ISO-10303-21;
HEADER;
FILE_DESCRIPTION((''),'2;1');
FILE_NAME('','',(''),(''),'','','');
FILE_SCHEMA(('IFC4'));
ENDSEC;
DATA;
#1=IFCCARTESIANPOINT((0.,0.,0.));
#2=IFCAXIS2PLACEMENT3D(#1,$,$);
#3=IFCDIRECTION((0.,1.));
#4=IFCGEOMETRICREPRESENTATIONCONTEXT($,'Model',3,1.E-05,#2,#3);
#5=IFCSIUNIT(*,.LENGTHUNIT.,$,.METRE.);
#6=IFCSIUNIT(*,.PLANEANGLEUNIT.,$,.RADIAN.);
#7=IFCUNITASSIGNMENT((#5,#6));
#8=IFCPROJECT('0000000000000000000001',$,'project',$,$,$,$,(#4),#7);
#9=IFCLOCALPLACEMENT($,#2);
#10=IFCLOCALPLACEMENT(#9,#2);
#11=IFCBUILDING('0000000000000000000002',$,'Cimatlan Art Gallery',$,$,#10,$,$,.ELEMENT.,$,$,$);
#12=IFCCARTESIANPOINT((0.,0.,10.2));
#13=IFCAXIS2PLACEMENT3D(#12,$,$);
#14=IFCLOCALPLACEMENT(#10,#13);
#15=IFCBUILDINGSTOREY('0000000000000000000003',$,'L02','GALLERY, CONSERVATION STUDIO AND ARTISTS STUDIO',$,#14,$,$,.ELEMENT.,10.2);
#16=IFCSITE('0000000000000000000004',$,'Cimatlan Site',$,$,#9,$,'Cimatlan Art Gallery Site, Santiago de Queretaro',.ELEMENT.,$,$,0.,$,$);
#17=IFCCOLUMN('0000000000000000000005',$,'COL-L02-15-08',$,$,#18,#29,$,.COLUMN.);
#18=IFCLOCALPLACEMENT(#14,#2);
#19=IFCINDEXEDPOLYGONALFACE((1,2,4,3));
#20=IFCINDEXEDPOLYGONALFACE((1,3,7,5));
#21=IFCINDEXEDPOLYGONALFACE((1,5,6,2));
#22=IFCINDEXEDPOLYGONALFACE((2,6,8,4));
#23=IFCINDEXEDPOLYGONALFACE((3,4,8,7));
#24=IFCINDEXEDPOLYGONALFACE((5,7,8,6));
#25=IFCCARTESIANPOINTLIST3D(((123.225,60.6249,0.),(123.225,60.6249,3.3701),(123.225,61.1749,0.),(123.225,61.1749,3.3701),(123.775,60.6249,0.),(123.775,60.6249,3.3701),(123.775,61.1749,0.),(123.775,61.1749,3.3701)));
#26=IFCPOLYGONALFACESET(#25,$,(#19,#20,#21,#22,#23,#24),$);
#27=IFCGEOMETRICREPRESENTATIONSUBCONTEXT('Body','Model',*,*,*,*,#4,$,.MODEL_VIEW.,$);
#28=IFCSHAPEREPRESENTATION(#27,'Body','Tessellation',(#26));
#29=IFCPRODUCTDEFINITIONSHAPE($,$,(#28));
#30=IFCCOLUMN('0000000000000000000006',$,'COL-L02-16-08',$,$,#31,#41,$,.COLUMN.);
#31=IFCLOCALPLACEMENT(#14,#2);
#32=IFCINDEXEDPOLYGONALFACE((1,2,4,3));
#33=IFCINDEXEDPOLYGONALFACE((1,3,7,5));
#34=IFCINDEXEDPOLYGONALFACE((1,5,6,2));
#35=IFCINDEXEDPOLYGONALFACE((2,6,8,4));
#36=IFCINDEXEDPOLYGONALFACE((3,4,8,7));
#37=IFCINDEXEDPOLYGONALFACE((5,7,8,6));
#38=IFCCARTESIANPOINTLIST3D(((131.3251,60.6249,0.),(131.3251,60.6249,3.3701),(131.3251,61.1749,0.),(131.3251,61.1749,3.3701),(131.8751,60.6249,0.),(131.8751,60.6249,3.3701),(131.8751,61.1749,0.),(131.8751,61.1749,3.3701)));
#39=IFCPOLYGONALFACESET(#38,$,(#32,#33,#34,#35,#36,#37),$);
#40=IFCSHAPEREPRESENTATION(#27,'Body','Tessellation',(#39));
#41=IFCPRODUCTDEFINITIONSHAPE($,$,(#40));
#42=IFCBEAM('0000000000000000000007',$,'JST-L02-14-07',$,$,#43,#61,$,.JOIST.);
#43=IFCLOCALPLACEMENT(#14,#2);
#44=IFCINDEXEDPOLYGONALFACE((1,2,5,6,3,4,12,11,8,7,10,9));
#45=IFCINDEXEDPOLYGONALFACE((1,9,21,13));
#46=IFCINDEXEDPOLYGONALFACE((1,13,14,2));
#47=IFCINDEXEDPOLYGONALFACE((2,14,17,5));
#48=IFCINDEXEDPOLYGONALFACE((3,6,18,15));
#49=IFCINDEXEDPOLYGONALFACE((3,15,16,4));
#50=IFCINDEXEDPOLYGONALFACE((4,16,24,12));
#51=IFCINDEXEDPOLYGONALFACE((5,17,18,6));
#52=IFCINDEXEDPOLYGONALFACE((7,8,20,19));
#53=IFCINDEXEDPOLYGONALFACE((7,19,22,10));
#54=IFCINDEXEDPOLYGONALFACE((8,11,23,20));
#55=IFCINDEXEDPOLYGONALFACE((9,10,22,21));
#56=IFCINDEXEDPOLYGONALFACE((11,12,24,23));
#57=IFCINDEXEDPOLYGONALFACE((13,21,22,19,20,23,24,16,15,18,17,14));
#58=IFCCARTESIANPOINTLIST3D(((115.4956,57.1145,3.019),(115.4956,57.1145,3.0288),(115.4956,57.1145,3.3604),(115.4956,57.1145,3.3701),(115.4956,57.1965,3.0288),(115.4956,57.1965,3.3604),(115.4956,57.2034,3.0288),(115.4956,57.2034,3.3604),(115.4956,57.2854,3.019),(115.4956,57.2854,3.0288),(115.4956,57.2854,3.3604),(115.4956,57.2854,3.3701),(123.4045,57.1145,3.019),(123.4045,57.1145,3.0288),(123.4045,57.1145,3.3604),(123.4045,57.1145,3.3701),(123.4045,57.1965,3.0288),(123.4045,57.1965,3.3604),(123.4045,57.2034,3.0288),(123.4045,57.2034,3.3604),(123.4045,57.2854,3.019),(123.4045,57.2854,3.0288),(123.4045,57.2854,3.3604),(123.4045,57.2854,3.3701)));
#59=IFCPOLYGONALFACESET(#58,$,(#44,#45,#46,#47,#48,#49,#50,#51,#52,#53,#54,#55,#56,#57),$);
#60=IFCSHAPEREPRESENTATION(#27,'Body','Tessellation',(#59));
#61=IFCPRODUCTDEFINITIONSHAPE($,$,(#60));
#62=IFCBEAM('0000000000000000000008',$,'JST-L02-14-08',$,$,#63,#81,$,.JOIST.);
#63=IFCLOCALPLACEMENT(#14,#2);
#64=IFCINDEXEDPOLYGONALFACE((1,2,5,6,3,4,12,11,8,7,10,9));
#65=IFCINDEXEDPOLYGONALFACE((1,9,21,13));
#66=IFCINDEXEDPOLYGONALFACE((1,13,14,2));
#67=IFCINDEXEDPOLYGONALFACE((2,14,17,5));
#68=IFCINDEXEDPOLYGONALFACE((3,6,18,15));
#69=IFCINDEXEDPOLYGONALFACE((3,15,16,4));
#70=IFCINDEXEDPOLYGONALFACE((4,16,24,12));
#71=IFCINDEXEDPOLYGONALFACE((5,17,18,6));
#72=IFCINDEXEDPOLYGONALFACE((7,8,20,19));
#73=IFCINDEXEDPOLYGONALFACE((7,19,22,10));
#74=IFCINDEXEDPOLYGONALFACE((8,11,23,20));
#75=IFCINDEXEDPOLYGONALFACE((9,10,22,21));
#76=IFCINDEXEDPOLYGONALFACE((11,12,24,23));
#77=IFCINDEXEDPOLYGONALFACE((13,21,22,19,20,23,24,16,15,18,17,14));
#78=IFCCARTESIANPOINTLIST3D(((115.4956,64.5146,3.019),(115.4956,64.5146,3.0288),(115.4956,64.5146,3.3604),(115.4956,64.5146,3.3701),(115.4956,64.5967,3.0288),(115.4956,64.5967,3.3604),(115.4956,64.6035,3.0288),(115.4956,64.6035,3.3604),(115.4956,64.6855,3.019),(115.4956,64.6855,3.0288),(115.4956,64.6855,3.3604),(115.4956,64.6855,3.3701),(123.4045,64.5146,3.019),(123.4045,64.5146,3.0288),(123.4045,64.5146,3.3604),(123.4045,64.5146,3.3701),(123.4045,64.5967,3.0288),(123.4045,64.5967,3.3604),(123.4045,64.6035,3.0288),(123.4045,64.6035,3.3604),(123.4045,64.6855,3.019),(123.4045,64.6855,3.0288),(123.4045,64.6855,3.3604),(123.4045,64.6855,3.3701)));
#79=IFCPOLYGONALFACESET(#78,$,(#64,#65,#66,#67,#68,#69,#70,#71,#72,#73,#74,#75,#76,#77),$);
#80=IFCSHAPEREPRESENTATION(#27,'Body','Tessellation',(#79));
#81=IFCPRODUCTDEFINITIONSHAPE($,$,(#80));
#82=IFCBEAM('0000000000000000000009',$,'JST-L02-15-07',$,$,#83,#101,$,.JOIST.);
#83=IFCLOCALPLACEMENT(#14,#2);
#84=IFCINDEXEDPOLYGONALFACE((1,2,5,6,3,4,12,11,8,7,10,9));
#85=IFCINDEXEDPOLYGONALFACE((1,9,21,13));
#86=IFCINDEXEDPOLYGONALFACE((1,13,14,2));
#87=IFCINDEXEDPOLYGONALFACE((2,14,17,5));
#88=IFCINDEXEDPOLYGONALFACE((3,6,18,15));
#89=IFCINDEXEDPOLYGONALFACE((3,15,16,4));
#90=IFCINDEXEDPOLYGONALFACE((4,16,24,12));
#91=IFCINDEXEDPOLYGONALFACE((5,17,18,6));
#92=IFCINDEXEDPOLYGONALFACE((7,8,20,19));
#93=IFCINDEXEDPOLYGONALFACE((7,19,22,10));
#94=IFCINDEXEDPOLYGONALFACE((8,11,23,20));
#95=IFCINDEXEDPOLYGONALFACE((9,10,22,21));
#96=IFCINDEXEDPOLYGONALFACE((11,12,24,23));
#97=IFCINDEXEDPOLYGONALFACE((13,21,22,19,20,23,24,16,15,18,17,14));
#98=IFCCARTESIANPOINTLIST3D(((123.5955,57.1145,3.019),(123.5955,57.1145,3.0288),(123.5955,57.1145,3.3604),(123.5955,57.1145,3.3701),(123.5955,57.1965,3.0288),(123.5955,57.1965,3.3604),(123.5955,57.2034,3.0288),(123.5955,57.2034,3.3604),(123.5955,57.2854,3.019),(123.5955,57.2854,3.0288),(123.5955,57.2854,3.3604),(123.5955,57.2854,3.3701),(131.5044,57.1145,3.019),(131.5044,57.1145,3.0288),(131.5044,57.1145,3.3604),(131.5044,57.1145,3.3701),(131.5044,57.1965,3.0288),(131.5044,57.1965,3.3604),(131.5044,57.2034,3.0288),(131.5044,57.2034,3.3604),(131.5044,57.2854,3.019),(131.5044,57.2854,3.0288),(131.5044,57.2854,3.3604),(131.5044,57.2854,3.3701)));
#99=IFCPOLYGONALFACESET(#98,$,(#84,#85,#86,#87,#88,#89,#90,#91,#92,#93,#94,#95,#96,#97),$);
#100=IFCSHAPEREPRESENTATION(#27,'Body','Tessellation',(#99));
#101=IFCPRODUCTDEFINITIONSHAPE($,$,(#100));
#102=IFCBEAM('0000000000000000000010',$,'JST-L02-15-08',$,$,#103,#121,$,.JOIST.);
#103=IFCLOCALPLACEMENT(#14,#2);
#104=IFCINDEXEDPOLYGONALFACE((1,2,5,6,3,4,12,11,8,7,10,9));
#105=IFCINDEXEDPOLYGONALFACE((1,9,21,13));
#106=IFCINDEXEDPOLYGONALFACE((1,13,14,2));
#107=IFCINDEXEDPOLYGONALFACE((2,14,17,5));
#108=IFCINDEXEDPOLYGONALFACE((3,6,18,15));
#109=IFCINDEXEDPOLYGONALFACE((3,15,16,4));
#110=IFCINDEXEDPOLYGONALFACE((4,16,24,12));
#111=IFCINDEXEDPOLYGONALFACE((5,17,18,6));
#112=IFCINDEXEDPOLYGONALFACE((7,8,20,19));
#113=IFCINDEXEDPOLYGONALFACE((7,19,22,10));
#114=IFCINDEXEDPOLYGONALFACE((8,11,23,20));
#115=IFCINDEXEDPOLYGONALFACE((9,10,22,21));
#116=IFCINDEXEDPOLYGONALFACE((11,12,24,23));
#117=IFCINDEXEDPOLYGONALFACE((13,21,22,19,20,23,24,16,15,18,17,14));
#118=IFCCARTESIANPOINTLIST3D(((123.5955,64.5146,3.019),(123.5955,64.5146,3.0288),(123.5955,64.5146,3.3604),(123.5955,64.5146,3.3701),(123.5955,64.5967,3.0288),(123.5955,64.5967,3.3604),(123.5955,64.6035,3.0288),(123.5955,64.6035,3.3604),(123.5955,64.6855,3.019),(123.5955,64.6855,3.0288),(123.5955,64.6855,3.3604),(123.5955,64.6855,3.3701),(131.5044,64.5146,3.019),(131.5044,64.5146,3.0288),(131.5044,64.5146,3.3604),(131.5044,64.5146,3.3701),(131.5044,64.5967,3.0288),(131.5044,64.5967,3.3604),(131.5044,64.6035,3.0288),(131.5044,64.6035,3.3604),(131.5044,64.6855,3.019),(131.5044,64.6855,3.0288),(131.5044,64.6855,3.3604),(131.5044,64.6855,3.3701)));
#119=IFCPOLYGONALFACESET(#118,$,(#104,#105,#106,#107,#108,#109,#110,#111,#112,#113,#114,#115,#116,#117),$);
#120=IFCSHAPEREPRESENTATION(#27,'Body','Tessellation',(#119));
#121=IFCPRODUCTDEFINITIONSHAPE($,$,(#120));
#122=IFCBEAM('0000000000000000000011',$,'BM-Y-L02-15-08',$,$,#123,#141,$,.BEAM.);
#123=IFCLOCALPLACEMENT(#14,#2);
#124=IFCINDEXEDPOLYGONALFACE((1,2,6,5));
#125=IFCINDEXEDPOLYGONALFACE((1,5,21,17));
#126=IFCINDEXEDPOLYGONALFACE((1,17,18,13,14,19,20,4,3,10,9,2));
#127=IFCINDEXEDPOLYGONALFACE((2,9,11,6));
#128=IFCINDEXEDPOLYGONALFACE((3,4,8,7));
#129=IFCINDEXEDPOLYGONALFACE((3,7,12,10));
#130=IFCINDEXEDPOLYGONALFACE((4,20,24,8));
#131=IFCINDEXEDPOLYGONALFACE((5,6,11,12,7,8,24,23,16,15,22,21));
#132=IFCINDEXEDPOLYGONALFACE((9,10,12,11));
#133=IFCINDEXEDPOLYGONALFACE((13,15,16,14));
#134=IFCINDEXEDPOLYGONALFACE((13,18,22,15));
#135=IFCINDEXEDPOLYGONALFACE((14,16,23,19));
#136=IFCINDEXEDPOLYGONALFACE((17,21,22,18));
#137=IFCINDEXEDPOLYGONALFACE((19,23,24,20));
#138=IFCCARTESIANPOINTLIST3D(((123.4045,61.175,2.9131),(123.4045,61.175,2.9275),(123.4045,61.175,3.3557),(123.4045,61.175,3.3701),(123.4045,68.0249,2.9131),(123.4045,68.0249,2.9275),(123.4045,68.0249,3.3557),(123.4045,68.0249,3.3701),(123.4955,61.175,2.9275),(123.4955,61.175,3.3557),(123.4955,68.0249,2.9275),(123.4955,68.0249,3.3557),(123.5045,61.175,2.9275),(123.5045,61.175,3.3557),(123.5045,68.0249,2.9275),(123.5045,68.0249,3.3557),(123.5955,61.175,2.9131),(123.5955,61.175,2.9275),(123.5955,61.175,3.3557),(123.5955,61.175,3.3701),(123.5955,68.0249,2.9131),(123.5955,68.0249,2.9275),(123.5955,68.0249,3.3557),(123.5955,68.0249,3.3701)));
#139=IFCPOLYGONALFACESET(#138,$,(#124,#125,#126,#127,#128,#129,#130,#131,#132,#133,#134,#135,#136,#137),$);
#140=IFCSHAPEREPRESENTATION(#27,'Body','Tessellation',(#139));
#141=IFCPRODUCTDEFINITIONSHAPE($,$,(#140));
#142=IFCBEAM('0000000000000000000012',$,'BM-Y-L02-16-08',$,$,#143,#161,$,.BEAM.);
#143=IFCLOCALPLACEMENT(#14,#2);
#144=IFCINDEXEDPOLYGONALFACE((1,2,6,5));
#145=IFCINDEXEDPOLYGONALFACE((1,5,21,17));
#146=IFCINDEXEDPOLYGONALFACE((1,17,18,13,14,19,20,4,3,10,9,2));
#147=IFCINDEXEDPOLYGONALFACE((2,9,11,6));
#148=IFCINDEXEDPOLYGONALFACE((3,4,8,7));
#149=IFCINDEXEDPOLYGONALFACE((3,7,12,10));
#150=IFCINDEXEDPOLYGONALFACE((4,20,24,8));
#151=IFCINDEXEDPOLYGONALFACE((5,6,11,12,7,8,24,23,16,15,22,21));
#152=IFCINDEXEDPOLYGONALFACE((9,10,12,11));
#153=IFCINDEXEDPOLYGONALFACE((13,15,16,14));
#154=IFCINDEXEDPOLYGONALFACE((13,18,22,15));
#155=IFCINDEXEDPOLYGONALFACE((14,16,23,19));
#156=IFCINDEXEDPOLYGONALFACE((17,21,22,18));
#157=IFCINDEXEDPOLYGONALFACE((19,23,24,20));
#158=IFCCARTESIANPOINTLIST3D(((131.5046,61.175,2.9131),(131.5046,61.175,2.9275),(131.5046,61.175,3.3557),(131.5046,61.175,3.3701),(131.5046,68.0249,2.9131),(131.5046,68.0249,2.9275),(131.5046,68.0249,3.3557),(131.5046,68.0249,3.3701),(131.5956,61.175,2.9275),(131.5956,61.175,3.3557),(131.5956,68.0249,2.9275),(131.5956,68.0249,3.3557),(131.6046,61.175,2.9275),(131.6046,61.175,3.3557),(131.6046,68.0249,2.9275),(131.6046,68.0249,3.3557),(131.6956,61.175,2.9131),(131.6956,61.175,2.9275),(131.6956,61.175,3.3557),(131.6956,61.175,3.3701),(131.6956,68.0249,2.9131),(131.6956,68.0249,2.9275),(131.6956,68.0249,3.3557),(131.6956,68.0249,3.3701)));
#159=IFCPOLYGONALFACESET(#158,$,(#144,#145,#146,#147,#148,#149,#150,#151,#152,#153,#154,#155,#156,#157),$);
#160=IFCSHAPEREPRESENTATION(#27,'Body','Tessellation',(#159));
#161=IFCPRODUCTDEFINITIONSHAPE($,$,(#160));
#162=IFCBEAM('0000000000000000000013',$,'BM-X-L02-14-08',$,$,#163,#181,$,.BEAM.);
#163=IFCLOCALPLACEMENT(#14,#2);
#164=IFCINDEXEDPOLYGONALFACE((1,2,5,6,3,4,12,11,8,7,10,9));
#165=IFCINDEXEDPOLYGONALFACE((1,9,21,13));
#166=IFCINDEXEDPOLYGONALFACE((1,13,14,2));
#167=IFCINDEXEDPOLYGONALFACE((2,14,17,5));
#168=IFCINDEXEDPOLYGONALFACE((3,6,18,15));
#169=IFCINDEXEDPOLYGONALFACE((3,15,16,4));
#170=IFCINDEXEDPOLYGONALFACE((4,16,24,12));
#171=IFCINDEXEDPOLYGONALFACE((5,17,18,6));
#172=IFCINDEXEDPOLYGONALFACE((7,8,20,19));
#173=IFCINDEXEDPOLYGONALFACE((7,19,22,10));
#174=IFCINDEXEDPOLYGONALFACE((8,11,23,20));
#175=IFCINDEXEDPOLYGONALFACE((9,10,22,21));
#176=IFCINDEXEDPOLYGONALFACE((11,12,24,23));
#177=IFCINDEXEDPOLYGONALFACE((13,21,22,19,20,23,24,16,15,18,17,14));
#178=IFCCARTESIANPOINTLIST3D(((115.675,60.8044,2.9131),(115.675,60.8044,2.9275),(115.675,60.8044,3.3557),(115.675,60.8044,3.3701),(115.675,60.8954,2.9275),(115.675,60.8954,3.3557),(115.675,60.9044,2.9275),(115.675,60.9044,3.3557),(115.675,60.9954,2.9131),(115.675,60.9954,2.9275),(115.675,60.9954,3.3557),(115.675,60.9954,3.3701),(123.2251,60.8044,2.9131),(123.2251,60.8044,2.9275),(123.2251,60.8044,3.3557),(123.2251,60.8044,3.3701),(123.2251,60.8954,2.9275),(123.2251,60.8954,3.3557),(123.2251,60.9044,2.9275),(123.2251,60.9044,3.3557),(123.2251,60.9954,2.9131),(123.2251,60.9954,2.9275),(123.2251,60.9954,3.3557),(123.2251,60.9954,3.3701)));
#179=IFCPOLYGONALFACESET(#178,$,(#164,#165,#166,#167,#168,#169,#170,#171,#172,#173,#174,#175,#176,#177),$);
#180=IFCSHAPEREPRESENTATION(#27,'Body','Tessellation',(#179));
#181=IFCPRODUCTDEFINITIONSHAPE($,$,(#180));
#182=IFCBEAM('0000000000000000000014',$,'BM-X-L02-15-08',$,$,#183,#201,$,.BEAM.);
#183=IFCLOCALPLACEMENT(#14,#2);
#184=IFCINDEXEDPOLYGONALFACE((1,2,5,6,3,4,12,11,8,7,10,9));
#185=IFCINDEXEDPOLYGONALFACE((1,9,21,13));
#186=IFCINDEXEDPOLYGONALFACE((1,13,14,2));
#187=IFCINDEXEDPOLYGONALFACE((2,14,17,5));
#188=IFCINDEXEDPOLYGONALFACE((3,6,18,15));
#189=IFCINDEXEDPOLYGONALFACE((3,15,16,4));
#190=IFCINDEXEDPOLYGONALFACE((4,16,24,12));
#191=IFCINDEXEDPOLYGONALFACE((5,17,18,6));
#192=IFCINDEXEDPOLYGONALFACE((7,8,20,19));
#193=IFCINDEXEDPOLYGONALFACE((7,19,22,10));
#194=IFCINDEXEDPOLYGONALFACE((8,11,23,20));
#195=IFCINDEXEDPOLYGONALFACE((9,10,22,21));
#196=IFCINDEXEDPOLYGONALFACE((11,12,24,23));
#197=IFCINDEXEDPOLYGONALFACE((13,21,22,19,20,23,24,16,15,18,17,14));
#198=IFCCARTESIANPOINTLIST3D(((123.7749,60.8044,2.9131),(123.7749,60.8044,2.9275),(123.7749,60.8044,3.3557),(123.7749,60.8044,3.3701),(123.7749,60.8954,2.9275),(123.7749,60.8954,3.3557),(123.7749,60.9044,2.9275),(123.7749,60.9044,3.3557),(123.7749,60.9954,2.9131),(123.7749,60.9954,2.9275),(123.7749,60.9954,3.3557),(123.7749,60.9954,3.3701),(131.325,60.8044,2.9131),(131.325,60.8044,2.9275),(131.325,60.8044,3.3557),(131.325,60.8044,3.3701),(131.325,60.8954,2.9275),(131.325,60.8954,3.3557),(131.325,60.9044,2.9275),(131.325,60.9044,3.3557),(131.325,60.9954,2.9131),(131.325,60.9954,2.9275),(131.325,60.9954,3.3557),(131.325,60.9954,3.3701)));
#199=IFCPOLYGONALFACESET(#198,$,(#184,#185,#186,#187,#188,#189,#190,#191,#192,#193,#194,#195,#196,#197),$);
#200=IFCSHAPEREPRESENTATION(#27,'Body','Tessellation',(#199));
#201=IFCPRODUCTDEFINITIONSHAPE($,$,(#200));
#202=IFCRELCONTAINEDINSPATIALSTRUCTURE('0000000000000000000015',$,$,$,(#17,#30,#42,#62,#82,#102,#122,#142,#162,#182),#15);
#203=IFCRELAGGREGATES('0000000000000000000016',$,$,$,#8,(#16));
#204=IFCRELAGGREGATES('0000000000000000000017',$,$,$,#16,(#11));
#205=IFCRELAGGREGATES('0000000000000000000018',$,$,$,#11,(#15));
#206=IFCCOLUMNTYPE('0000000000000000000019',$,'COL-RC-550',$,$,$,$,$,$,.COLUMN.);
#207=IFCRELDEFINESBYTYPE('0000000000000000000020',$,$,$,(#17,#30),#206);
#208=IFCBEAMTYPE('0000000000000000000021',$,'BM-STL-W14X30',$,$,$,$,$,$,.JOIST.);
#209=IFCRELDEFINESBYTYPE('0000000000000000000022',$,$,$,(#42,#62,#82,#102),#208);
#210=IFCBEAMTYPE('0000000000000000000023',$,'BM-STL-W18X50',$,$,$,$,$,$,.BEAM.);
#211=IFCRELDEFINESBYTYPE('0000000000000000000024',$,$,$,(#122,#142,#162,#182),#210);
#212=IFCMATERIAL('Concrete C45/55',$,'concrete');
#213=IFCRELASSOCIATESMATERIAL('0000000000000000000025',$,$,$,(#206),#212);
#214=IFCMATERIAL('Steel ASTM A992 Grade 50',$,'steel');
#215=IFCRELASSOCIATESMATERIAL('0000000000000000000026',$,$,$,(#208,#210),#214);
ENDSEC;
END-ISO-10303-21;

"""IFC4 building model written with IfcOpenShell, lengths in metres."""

from ifc_helpers import new_model, si_unit, direction, frame, origin, origin_2d, place, context, subcontext, project, spatial, rectangle, i_section, extrude, material, material_profile, profile_set, type_object, element, save


model = new_model("IFC4")

# Units and contexts
model_context = context("Model", 3, precision=1e-05, world=origin(), true_north=direction((0.0, 1.0)))
body_context = subcontext(model_context, "Body", "Model", "MODEL_VIEW")
ifc_project = project(units=[si_unit("LENGTHUNIT", "METRE"), si_unit("PLANEANGLEUNIT", "RADIAN")], contexts=[model_context])

# Site, building, storey
site_placement = place(None, origin())
site = spatial("IfcSite", under=ifc_project, at=site_placement, Name="Cimatlan Site", LongName="Cimatlan Art Gallery Site, Santiago de Queretaro", CompositionType="ELEMENT", RefElevation=0.0)
building_placement = place(site_placement, origin())
building = spatial("IfcBuilding", under=site, at=building_placement, Name="Cimatlan Art Gallery", CompositionType="ELEMENT")
storey_placement = place(building_placement, frame((0.0, 0.0, 10.2)))
storey = spatial("IfcBuildingStorey", under=building, at=storey_placement, Name="L02", Description="GALLERY, CONSERVATION STUDIO AND ARTISTS STUDIO", CompositionType="ELEMENT", Elevation=10.2)

# Columns
ifc_material_1 = material(Name="Concrete C45/55", Category="concrete")
ifc_material_profile_1 = material_profile(ifc_material_1, rectangle(XDim=0.55, YDim=0.55, at=origin_2d()), Name="RC550X550")
ifc_profile_set_1 = profile_set([ifc_material_profile_1], Name="Concrete C45/55")
column_type = type_object("IfcColumnType", Name="COL-RC-550", PredefinedType="COLUMN", material=ifc_profile_set_1)
for number, where, z_axis, x_axis, name in (
    (1, (123.5, 60.8999, 0.0), (0.0, 0.0, 1.0), (1.0, 0.0, 0.0), "COL-L02-15-08"),
    (2, (131.6001, 60.8999, 0.0), (0.0, 0.0, 1.0), (1.0, 0.0, 0.0), "COL-L02-16-08"),
):
    element("IfcColumn", number, at=place(storey_placement, frame(where, z_axis=z_axis, x_axis=x_axis)), inside=storey, type_object=column_type, Name=name, PredefinedType="COLUMN", context=body_context, shape_type="SweptSolid", body=[
        extrude(rectangle(XDim=0.55, YDim=0.55, at=origin_2d()), origin(), (0.0, 0.0, 1.0), 3.3701),
    ])

# Beams
ifc_material_2 = material(Name="Steel ASTM A992 Grade 50", Category="steel")
ifc_material_profile_2 = material_profile(ifc_material_2, i_section(OverallWidth=0.1709, OverallDepth=0.3511, WebThickness=0.0068, FlangeThickness=0.0098, at=origin_2d()), Name="W14X30")
ifc_profile_set_2 = profile_set([ifc_material_profile_2], Name="Steel ASTM A992 Grade 50")
beam_type_1 = type_object("IfcBeamType", Name="BM-STL-W14X30", PredefinedType="JOIST", material=ifc_profile_set_2)
for number, where, z_axis, x_axis, name in (
    (3, (115.4956, 57.2, 3.1946), (1.0, 0.0, 0.0), (0.0, 1.0, 0.0), "JST-L02-14-07"),
    (4, (115.4956, 64.6001, 3.1946), (1.0, 0.0, 0.0), (0.0, 1.0, 0.0), "JST-L02-14-08"),
    (5, (123.5955, 57.2, 3.1946), (1.0, 0.0, 0.0), (0.0, 1.0, 0.0), "JST-L02-15-07"),
    (6, (123.5955, 64.6001, 3.1946), (1.0, 0.0, 0.0), (0.0, 1.0, 0.0), "JST-L02-15-08"),
):
    element("IfcBeam", number, at=place(storey_placement, frame(where, z_axis=z_axis, x_axis=x_axis)), inside=storey, type_object=beam_type_1, Name=name, PredefinedType="JOIST", context=body_context, shape_type="SweptSolid", body=[
        extrude(i_section(OverallWidth=0.1709, OverallDepth=0.3511, WebThickness=0.0068, FlangeThickness=0.0098, at=origin_2d()), origin(), (0.0, 0.0, 1.0), 7.9089),
    ])
ifc_material_profile_3 = material_profile(ifc_material_2, i_section(OverallWidth=0.1909, OverallDepth=0.457, WebThickness=0.009, FlangeThickness=0.0144, at=origin_2d()), Name="W18X50")
ifc_profile_set_3 = profile_set([ifc_material_profile_3], Name="Steel ASTM A992 Grade 50")
beam_type_2 = type_object("IfcBeamType", Name="BM-STL-W18X50", PredefinedType="BEAM", material=ifc_profile_set_3)
for number, where, z_axis, x_axis, name in (
    (7, (123.5, 61.175, 3.1416), (0.0, 1.0, 0.0), (-1.0, 0.0, 0.0), "BM-Y-L02-15-08"),
    (8, (131.6001, 61.175, 3.1416), (0.0, 1.0, 0.0), (-1.0, 0.0, 0.0), "BM-Y-L02-16-08"),
):
    element("IfcBeam", number, at=place(storey_placement, frame(where, z_axis=z_axis, x_axis=x_axis)), inside=storey, type_object=beam_type_2, Name=name, PredefinedType="BEAM", context=body_context, shape_type="SweptSolid", body=[
        extrude(i_section(OverallWidth=0.1909, OverallDepth=0.457, WebThickness=0.009, FlangeThickness=0.0144, at=origin_2d()), origin(), (0.0, 0.0, 1.0), 6.8499),
    ])
for number, where, z_axis, x_axis, name in (
    (9, (115.675, 60.8999, 3.1416), (1.0, 0.0, 0.0), (0.0, 1.0, 0.0), "BM-X-L02-14-08"),
    (10, (123.7749, 60.8999, 3.1416), (1.0, 0.0, 0.0), (0.0, 1.0, 0.0), "BM-X-L02-15-08"),
):
    element("IfcBeam", number, at=place(storey_placement, frame(where, z_axis=z_axis, x_axis=x_axis)), inside=storey, type_object=beam_type_2, Name=name, PredefinedType="BEAM", context=body_context, shape_type="SweptSolid", body=[
        extrude(i_section(OverallWidth=0.1909, OverallDepth=0.457, WebThickness=0.009, FlangeThickness=0.0144, at=origin_2d()), origin(), (0.0, 0.0, 1.0), 7.55),
    ])

save(model, "model.ifc")
